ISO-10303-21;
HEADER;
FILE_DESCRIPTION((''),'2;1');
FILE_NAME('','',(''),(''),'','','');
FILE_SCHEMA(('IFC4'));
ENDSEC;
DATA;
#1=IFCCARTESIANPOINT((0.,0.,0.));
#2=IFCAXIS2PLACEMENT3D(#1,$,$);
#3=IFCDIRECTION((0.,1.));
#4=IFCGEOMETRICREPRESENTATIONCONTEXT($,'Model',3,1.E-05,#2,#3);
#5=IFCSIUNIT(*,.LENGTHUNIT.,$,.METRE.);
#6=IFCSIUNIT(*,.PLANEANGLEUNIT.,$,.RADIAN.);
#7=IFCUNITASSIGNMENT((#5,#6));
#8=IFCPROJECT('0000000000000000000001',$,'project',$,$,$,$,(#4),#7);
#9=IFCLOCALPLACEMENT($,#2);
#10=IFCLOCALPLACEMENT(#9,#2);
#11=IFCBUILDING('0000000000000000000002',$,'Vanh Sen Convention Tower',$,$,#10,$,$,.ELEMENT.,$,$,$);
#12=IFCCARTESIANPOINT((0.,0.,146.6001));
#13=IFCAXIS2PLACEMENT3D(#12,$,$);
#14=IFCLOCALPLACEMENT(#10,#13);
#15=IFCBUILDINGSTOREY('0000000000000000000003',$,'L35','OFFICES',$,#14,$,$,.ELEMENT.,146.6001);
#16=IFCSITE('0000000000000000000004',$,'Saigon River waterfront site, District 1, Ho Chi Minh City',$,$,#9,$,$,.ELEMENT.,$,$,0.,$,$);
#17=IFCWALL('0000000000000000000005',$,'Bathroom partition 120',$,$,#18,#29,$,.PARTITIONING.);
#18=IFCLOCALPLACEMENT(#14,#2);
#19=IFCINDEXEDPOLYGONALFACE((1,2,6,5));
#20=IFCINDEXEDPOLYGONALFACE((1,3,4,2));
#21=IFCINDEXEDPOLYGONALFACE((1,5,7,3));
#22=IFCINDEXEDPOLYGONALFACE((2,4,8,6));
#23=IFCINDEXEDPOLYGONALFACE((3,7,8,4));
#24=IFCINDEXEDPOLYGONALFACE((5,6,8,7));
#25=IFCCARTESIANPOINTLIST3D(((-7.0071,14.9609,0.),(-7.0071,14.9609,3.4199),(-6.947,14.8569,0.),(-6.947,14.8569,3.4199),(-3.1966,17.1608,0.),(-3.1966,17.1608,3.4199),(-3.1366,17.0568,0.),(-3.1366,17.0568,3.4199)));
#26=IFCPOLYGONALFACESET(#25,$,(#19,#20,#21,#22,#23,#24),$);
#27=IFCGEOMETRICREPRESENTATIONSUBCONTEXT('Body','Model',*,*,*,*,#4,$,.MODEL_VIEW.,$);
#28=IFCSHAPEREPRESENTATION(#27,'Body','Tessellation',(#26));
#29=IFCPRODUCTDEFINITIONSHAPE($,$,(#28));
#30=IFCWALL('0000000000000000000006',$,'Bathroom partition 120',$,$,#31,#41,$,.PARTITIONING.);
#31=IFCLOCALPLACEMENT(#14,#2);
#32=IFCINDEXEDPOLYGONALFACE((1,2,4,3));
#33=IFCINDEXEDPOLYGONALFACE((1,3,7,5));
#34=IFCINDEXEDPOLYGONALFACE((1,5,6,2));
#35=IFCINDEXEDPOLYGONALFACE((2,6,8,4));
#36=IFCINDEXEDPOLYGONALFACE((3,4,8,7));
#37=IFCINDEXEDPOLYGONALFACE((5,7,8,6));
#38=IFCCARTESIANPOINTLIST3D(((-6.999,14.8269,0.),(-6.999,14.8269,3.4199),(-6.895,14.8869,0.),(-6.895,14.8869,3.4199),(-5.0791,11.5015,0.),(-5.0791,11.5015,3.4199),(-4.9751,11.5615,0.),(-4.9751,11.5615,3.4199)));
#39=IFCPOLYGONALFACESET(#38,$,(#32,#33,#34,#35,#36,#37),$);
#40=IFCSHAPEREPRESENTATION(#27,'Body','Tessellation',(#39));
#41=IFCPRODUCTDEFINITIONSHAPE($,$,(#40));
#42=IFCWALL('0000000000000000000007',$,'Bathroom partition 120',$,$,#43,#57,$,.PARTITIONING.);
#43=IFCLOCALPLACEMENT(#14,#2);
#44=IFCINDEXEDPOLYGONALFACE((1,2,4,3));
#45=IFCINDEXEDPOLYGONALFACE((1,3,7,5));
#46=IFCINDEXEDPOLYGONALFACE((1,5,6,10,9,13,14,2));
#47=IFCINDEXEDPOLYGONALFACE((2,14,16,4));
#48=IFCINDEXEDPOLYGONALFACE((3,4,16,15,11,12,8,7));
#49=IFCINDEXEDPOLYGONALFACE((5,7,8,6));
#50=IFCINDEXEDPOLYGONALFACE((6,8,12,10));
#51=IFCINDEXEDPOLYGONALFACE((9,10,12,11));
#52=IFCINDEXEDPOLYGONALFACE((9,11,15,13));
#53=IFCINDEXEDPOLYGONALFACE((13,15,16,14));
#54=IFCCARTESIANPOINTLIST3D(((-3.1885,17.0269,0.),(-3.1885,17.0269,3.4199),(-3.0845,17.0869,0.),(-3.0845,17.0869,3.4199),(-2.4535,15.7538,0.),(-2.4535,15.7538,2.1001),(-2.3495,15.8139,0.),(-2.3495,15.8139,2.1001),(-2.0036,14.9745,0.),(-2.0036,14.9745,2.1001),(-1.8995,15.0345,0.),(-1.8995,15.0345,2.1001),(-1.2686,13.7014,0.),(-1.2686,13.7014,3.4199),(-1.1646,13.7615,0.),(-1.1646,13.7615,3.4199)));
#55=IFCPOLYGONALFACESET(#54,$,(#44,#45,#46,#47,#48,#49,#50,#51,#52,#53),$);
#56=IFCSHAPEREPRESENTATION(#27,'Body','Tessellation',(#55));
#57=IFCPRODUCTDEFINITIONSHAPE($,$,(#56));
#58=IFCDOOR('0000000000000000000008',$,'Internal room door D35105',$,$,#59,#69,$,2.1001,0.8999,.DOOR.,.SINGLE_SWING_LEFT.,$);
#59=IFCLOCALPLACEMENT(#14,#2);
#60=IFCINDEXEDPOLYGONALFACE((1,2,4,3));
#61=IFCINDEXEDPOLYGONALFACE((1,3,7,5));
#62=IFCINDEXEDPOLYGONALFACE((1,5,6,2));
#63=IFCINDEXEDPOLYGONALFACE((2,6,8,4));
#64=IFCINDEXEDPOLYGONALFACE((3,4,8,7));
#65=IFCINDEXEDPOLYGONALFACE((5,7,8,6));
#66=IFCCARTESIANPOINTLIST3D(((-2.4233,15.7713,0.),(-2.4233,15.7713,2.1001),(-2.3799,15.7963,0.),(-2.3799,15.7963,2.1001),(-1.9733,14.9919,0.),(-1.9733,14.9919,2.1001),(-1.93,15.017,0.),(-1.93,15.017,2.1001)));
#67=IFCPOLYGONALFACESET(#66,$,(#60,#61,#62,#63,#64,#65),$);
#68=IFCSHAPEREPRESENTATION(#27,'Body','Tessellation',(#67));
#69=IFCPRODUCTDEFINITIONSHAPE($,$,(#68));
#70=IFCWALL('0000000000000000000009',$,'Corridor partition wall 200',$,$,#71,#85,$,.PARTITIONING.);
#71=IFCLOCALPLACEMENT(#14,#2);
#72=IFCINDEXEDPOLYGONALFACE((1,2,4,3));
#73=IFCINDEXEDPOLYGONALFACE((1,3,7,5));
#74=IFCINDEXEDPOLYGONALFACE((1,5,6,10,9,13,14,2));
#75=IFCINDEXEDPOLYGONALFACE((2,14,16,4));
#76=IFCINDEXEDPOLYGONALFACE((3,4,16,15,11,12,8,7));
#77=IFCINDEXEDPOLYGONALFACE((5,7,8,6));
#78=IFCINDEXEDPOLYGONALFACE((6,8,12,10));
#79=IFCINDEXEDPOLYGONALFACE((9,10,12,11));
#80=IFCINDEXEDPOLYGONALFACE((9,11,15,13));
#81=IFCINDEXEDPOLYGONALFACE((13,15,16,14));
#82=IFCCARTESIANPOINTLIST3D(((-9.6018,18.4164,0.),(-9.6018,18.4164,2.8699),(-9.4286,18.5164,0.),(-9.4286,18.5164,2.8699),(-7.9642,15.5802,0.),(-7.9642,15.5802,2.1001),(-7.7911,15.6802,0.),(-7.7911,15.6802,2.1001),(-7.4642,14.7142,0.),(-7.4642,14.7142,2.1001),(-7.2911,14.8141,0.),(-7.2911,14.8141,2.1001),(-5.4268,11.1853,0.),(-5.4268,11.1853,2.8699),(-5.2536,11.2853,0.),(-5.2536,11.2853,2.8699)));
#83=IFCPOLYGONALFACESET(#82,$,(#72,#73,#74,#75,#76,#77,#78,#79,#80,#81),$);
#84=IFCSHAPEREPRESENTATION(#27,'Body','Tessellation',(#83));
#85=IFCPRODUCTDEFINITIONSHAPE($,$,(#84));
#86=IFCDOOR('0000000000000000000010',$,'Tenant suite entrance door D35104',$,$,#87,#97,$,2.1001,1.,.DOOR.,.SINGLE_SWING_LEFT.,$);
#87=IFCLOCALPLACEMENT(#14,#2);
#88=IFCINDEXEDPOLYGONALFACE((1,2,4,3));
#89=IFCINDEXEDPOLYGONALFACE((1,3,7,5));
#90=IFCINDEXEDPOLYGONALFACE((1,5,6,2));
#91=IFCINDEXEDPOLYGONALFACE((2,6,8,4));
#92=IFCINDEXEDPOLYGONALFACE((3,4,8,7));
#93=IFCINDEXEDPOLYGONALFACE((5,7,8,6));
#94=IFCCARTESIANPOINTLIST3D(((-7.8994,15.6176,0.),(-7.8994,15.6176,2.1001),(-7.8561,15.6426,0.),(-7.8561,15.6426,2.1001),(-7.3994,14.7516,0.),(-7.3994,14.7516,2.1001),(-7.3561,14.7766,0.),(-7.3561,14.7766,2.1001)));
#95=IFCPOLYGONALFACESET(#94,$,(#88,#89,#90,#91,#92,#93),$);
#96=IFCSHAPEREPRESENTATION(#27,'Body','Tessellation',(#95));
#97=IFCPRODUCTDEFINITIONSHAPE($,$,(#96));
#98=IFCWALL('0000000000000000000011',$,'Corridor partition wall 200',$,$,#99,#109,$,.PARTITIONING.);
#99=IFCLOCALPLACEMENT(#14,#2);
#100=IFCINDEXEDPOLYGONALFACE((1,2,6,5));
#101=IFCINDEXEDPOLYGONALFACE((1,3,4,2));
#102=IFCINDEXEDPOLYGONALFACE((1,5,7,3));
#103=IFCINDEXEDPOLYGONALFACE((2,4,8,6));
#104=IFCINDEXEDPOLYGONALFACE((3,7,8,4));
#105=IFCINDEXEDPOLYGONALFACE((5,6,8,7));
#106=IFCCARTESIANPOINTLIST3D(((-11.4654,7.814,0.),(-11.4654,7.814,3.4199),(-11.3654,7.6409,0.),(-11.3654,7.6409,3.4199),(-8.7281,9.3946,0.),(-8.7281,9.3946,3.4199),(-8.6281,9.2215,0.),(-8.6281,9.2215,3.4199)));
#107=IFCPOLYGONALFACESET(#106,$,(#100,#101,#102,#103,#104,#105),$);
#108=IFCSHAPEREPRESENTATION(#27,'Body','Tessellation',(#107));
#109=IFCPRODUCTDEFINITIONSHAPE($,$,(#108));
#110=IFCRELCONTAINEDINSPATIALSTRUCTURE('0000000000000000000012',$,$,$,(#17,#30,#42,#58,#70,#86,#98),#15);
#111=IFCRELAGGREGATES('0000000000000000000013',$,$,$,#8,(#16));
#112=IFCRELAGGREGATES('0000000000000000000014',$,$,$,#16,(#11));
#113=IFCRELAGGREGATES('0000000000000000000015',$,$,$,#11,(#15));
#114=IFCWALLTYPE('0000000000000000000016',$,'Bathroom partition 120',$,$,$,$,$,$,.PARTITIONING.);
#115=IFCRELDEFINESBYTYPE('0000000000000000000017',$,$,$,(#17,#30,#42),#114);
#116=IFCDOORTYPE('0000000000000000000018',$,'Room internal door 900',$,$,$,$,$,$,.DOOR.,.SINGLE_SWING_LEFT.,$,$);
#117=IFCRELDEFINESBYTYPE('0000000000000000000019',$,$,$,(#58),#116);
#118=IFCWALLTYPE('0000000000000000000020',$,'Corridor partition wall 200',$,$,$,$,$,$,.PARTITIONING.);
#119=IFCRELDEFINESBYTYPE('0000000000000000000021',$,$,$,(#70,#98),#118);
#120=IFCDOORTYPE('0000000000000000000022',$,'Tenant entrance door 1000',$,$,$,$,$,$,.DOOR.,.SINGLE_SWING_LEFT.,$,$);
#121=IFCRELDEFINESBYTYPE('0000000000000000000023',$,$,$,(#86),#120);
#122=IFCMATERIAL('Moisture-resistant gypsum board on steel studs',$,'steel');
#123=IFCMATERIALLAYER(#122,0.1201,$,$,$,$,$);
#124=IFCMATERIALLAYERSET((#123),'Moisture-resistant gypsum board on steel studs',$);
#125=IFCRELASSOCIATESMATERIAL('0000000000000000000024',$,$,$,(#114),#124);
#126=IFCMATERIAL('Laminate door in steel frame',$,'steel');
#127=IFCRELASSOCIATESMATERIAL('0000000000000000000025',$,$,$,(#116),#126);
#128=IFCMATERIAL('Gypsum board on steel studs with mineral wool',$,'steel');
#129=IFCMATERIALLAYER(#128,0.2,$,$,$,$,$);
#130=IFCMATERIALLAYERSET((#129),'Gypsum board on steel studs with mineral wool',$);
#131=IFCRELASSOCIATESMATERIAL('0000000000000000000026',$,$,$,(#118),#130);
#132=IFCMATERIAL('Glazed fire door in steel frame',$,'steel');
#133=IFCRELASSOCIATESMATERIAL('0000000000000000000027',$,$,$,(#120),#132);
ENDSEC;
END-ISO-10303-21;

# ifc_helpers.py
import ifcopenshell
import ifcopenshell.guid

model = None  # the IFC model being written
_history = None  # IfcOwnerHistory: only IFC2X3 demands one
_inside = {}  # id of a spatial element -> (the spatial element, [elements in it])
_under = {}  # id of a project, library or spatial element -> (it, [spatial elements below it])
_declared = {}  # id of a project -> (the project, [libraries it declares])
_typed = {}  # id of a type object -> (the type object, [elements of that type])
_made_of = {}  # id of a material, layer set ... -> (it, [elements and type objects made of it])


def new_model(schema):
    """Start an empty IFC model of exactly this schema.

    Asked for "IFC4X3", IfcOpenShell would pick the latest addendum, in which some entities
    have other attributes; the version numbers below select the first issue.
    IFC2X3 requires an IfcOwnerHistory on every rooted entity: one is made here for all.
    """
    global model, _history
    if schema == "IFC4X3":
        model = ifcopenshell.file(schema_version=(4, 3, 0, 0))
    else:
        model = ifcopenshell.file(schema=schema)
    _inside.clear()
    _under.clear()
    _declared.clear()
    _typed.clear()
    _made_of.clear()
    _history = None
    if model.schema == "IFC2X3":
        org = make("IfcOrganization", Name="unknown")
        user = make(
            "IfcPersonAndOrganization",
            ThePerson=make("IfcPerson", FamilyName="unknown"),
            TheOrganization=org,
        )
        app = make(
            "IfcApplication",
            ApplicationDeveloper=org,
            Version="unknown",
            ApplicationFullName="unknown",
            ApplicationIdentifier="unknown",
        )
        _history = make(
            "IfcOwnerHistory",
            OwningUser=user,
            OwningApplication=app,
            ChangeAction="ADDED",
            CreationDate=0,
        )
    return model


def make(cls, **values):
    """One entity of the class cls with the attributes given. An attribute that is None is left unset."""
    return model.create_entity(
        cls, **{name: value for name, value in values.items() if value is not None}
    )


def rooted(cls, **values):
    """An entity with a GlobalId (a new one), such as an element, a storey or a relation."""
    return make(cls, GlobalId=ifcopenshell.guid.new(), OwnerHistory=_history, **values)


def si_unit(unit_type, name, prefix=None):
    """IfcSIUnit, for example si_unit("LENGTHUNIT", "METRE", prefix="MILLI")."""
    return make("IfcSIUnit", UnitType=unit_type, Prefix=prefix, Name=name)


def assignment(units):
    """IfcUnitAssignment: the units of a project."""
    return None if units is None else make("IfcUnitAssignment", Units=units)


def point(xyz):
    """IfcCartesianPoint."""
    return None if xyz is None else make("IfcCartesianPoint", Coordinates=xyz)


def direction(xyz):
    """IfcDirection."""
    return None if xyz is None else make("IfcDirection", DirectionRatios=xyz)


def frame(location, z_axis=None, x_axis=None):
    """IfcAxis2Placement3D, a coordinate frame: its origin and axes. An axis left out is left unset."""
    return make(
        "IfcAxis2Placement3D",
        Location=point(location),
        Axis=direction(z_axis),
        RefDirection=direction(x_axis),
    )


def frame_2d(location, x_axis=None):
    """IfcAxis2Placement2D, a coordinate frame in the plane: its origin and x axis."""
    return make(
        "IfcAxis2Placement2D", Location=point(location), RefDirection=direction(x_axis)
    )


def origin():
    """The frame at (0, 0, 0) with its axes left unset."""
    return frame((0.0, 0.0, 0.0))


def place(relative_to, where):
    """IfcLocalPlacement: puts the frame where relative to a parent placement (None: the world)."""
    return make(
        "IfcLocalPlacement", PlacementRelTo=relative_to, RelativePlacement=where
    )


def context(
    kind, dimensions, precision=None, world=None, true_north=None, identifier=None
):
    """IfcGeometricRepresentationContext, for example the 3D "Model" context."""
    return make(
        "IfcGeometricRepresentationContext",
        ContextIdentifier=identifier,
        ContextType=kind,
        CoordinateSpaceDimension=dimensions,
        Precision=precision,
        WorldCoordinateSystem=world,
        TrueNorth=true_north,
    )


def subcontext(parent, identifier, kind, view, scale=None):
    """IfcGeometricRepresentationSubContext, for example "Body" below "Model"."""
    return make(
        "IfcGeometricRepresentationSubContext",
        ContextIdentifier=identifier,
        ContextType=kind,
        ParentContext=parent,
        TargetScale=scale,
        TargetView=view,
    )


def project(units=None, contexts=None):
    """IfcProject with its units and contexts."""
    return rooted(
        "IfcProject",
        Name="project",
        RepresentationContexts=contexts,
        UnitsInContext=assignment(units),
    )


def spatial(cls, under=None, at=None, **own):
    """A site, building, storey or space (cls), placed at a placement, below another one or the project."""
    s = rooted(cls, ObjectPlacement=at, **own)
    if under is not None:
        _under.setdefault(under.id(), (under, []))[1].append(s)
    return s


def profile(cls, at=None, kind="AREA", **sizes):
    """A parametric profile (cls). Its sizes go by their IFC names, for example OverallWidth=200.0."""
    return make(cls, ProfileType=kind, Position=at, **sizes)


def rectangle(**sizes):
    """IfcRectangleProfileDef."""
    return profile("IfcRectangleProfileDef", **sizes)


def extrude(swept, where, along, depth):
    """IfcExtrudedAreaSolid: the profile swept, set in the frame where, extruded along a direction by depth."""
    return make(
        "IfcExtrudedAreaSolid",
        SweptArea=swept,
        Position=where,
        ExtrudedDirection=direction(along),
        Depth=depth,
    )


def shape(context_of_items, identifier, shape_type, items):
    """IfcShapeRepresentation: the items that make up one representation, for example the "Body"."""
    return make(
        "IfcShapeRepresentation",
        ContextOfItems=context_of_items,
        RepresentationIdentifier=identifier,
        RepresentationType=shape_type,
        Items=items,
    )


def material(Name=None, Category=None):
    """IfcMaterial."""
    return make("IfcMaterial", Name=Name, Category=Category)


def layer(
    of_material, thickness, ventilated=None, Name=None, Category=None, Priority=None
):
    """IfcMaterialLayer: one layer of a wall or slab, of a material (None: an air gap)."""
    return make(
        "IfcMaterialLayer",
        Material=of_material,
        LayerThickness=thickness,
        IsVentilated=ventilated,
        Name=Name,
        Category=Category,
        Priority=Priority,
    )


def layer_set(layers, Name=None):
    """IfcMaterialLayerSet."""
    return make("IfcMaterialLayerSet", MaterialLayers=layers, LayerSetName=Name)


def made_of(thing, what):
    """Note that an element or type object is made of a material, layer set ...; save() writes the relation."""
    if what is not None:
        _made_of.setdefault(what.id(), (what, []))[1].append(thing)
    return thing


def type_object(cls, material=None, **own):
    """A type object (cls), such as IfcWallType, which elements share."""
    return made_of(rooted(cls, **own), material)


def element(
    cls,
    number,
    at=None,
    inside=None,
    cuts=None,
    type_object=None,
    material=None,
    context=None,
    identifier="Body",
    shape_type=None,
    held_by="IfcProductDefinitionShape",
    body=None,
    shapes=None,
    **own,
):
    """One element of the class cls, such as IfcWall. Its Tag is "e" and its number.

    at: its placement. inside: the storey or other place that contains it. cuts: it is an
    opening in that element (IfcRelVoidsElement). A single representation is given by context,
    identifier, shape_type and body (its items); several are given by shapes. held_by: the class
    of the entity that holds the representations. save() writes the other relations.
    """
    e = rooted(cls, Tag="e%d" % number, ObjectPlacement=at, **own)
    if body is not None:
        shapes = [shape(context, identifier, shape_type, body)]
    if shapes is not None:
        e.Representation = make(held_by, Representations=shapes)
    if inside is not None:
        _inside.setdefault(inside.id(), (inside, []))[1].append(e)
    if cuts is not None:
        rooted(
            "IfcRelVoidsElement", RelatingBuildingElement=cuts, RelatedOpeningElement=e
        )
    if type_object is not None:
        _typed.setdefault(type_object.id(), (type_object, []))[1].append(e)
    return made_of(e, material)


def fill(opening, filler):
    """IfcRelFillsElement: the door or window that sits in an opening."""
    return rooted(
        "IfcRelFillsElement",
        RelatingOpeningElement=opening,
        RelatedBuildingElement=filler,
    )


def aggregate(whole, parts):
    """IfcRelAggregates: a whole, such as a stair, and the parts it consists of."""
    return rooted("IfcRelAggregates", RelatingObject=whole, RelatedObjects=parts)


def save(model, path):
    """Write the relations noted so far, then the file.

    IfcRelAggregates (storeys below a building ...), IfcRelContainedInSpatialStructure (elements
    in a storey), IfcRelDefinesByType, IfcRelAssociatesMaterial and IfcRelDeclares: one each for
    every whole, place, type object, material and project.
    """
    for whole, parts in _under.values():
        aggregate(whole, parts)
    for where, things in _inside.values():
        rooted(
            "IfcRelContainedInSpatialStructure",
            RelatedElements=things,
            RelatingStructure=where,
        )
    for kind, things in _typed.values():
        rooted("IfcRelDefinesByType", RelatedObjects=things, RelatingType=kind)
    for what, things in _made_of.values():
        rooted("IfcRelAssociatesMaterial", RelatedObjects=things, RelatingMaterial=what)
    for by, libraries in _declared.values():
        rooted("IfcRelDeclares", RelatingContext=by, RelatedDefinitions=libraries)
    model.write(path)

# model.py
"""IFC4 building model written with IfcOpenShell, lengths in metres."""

from ifc_helpers import new_model, si_unit, direction, frame, frame_2d, origin, place, context, subcontext, project, spatial, rectangle, extrude, material, layer, layer_set, type_object, element, fill, save


model = new_model("IFC4")

# Units and contexts
model_context = context("Model", 3, precision=1e-05, world=origin(), true_north=direction((0.0, 1.0)))
body_context = subcontext(model_context, "Body", "Model", "MODEL_VIEW")
ifc_project = project(units=[si_unit("LENGTHUNIT", "METRE"), si_unit("PLANEANGLEUNIT", "RADIAN")], contexts=[model_context])

# Site, building, storey
site_placement = place(None, origin())
site = spatial("IfcSite", under=ifc_project, at=site_placement, Name="Saigon River waterfront site, District 1, Ho Chi Minh City", CompositionType="ELEMENT", RefElevation=0.0)
building_placement = place(site_placement, origin())
building = spatial("IfcBuilding", under=site, at=building_placement, Name="Vanh Sen Convention Tower", CompositionType="ELEMENT")
storey_placement = place(building_placement, frame((0.0, 0.0, 146.6001)))
storey = spatial("IfcBuildingStorey", under=building, at=storey_placement, Name="L35", Description="OFFICES", CompositionType="ELEMENT", Elevation=146.6001)

# Walls
ifc_material_1 = material(Name="Moisture-resistant gypsum board on steel studs", Category="steel")
ifc_layer_1 = layer(ifc_material_1, 0.1201)
ifc_layer_set_1 = layer_set([ifc_layer_1], Name="Moisture-resistant gypsum board on steel studs")
wall_type_1 = type_object("IfcWallType", Name="Bathroom partition 120", PredefinedType="PARTITIONING", material=ifc_layer_set_1)
wall_1_placement = place(storey_placement, frame((-6.9771, 14.9089, 0.0), z_axis=(0.0, 0.0, 1.0), x_axis=(0.866032, 0.499988, 0.0)))
element("IfcWall", 1, at=wall_1_placement, inside=storey, type_object=wall_type_1, Name="Bathroom partition 120", PredefinedType="PARTITIONING", context=body_context, shape_type="SweptSolid", body=[
    extrude(rectangle(XDim=4.3999, YDim=0.1201, at=frame_2d((2.2, 0.0))), origin(), (0.0, 0.0, 1.0), 3.4199),
])
wall_2_placement = place(storey_placement, frame((-5.0271, 11.5315, 0.0), z_axis=(0.0, 0.0, 1.0), x_axis=(-0.499996, 0.866028, 0.0)))
element("IfcWall", 2, at=wall_2_placement, inside=storey, type_object=wall_type_1, Name="Bathroom partition 120", PredefinedType="PARTITIONING", context=body_context, shape_type="SweptSolid", body=[
    extrude(rectangle(XDim=3.8398, YDim=0.1201, at=frame_2d((1.9199, 0.0))), origin(), (0.0, 0.0, 1.0), 3.4199),
])

# Walls, openings, doors
wall_3_placement = place(storey_placement, frame((-3.1365, 17.0569, 0.0), z_axis=(0.0, 0.0, 1.0), x_axis=(0.499996, -0.866028, 0.0)))
wall_3 = element("IfcWall", 3, at=wall_3_placement, inside=storey, type_object=wall_type_1, Name="Bathroom partition 120", PredefinedType="PARTITIONING", context=body_context, shape_type="SweptSolid", body=[
    extrude(rectangle(XDim=3.8398, YDim=0.1201, at=frame_2d((1.9199, 0.0))), origin(), (0.0, 0.0, 1.0), 3.4199),
])
opening_1_placement = place(wall_3_placement, frame((1.47, 0.0, 0.0)))
opening_1 = element("IfcOpeningElement", 4, at=opening_1_placement, cuts=wall_3, PredefinedType="OPENING", context=body_context, shape_type="SweptSolid", body=[
    extrude(rectangle(XDim=0.8999, YDim=2.1001, at=frame_2d((0.45, 1.05))), frame((0.0, 0.0701, 0.0), z_axis=(0.0, -1.0, 0.0), x_axis=(1.0, 0.0, 0.0)), (0.0, 0.0, 1.0), 0.1401),
])
ifc_material_2 = material(Name="Laminate door in steel frame", Category="steel")
door_type_1 = type_object("IfcDoorType", Name="Room internal door 900", OperationType="SINGLE_SWING_LEFT", PredefinedType="DOOR", material=ifc_material_2)
door_1_placement = place(opening_1_placement, origin())
door_1 = element("IfcDoor", 5, at=door_1_placement, inside=storey, type_object=door_type_1, Name="Internal room door D35105", OperationType="SINGLE_SWING_LEFT", OverallHeight=2.1001, OverallWidth=0.8999, PredefinedType="DOOR", context=body_context, shape_type="SweptSolid", body=[
    extrude(rectangle(XDim=0.8999, YDim=2.1001, at=frame_2d((0.45, 1.05))), frame((0.0, 0.0249, 0.0), z_axis=(0.0, -1.0, 0.0), x_axis=(1.0, 0.0, 0.0)), (0.0, 0.0, 1.0), 0.05),
])
fill(opening_1, door_1)
ifc_material_3 = material(Name="Gypsum board on steel studs with mineral wool", Category="steel")
ifc_layer_2 = layer(ifc_material_3, 0.2)
ifc_layer_set_2 = layer_set([ifc_layer_2], Name="Gypsum board on steel studs with mineral wool")
wall_type_2 = type_object("IfcWallType", Name="Corridor partition wall 200", PredefinedType="PARTITIONING", material=ifc_layer_set_2)
wall_4_placement = place(storey_placement, frame((-9.5151, 18.4663, 0.0), z_axis=(0.0, 0.0, 1.0), x_axis=(0.50001, -0.86602, 0.0)))
wall_4 = element("IfcWall", 6, at=wall_4_placement, inside=storey, type_object=wall_type_2, Name="Corridor partition wall 200", PredefinedType="PARTITIONING", context=body_context, shape_type="SweptSolid", body=[
    extrude(rectangle(XDim=8.3499, YDim=0.2, at=frame_2d((4.1748, 0.0))), origin(), (0.0, 0.0, 1.0), 2.8699),
])
opening_2_placement = place(wall_4_placement, frame((3.2749, 0.0, 0.0)))
opening_2 = element("IfcOpeningElement", 7, at=opening_2_placement, cuts=wall_4, PredefinedType="OPENING", context=body_context, shape_type="SweptSolid", body=[
    extrude(rectangle(XDim=1.0, YDim=2.1001, at=frame_2d((0.5, 1.05))), frame((0.0, 0.1099, 0.0), z_axis=(0.0, -1.0, 0.0), x_axis=(1.0, 0.0, 0.0)), (0.0, 0.0, 1.0), 0.22),
])
ifc_material_4 = material(Name="Glazed fire door in steel frame", Category="steel")
door_type_2 = type_object("IfcDoorType", Name="Tenant entrance door 1000", OperationType="SINGLE_SWING_LEFT", PredefinedType="DOOR", material=ifc_material_4)
door_2_placement = place(opening_2_placement, origin())
door_2 = element("IfcDoor", 8, at=door_2_placement, inside=storey, type_object=door_type_2, Name="Tenant suite entrance door D35104", OperationType="SINGLE_SWING_LEFT", OverallHeight=2.1001, OverallWidth=1.0, PredefinedType="DOOR", context=body_context, shape_type="SweptSolid", body=[
    extrude(rectangle(XDim=1.0, YDim=2.1001, at=frame_2d((0.5, 1.05))), frame((0.0, 0.0249, 0.0), z_axis=(0.0, -1.0, 0.0), x_axis=(1.0, 0.0, 0.0)), (0.0, 0.0, 1.0), 0.05),
])
fill(opening_2, door_2)

# Wall
wall_5_placement = place(storey_placement, frame((-8.678, 9.3081, 0.0), z_axis=(0.0, 0.0, 1.0), x_axis=(-0.866, -0.500043, 0.0)))
element("IfcWall", 9, at=wall_5_placement, inside=storey, type_object=wall_type_2, Name="Corridor partition wall 200", PredefinedType="PARTITIONING", context=body_context, shape_type="SweptSolid", body=[
    extrude(rectangle(XDim=3.1609, YDim=0.2, at=frame_2d((1.5806, 0.0))), origin(), (0.0, 0.0, 1.0), 3.4199),
])

save(model, "model.ifc")
